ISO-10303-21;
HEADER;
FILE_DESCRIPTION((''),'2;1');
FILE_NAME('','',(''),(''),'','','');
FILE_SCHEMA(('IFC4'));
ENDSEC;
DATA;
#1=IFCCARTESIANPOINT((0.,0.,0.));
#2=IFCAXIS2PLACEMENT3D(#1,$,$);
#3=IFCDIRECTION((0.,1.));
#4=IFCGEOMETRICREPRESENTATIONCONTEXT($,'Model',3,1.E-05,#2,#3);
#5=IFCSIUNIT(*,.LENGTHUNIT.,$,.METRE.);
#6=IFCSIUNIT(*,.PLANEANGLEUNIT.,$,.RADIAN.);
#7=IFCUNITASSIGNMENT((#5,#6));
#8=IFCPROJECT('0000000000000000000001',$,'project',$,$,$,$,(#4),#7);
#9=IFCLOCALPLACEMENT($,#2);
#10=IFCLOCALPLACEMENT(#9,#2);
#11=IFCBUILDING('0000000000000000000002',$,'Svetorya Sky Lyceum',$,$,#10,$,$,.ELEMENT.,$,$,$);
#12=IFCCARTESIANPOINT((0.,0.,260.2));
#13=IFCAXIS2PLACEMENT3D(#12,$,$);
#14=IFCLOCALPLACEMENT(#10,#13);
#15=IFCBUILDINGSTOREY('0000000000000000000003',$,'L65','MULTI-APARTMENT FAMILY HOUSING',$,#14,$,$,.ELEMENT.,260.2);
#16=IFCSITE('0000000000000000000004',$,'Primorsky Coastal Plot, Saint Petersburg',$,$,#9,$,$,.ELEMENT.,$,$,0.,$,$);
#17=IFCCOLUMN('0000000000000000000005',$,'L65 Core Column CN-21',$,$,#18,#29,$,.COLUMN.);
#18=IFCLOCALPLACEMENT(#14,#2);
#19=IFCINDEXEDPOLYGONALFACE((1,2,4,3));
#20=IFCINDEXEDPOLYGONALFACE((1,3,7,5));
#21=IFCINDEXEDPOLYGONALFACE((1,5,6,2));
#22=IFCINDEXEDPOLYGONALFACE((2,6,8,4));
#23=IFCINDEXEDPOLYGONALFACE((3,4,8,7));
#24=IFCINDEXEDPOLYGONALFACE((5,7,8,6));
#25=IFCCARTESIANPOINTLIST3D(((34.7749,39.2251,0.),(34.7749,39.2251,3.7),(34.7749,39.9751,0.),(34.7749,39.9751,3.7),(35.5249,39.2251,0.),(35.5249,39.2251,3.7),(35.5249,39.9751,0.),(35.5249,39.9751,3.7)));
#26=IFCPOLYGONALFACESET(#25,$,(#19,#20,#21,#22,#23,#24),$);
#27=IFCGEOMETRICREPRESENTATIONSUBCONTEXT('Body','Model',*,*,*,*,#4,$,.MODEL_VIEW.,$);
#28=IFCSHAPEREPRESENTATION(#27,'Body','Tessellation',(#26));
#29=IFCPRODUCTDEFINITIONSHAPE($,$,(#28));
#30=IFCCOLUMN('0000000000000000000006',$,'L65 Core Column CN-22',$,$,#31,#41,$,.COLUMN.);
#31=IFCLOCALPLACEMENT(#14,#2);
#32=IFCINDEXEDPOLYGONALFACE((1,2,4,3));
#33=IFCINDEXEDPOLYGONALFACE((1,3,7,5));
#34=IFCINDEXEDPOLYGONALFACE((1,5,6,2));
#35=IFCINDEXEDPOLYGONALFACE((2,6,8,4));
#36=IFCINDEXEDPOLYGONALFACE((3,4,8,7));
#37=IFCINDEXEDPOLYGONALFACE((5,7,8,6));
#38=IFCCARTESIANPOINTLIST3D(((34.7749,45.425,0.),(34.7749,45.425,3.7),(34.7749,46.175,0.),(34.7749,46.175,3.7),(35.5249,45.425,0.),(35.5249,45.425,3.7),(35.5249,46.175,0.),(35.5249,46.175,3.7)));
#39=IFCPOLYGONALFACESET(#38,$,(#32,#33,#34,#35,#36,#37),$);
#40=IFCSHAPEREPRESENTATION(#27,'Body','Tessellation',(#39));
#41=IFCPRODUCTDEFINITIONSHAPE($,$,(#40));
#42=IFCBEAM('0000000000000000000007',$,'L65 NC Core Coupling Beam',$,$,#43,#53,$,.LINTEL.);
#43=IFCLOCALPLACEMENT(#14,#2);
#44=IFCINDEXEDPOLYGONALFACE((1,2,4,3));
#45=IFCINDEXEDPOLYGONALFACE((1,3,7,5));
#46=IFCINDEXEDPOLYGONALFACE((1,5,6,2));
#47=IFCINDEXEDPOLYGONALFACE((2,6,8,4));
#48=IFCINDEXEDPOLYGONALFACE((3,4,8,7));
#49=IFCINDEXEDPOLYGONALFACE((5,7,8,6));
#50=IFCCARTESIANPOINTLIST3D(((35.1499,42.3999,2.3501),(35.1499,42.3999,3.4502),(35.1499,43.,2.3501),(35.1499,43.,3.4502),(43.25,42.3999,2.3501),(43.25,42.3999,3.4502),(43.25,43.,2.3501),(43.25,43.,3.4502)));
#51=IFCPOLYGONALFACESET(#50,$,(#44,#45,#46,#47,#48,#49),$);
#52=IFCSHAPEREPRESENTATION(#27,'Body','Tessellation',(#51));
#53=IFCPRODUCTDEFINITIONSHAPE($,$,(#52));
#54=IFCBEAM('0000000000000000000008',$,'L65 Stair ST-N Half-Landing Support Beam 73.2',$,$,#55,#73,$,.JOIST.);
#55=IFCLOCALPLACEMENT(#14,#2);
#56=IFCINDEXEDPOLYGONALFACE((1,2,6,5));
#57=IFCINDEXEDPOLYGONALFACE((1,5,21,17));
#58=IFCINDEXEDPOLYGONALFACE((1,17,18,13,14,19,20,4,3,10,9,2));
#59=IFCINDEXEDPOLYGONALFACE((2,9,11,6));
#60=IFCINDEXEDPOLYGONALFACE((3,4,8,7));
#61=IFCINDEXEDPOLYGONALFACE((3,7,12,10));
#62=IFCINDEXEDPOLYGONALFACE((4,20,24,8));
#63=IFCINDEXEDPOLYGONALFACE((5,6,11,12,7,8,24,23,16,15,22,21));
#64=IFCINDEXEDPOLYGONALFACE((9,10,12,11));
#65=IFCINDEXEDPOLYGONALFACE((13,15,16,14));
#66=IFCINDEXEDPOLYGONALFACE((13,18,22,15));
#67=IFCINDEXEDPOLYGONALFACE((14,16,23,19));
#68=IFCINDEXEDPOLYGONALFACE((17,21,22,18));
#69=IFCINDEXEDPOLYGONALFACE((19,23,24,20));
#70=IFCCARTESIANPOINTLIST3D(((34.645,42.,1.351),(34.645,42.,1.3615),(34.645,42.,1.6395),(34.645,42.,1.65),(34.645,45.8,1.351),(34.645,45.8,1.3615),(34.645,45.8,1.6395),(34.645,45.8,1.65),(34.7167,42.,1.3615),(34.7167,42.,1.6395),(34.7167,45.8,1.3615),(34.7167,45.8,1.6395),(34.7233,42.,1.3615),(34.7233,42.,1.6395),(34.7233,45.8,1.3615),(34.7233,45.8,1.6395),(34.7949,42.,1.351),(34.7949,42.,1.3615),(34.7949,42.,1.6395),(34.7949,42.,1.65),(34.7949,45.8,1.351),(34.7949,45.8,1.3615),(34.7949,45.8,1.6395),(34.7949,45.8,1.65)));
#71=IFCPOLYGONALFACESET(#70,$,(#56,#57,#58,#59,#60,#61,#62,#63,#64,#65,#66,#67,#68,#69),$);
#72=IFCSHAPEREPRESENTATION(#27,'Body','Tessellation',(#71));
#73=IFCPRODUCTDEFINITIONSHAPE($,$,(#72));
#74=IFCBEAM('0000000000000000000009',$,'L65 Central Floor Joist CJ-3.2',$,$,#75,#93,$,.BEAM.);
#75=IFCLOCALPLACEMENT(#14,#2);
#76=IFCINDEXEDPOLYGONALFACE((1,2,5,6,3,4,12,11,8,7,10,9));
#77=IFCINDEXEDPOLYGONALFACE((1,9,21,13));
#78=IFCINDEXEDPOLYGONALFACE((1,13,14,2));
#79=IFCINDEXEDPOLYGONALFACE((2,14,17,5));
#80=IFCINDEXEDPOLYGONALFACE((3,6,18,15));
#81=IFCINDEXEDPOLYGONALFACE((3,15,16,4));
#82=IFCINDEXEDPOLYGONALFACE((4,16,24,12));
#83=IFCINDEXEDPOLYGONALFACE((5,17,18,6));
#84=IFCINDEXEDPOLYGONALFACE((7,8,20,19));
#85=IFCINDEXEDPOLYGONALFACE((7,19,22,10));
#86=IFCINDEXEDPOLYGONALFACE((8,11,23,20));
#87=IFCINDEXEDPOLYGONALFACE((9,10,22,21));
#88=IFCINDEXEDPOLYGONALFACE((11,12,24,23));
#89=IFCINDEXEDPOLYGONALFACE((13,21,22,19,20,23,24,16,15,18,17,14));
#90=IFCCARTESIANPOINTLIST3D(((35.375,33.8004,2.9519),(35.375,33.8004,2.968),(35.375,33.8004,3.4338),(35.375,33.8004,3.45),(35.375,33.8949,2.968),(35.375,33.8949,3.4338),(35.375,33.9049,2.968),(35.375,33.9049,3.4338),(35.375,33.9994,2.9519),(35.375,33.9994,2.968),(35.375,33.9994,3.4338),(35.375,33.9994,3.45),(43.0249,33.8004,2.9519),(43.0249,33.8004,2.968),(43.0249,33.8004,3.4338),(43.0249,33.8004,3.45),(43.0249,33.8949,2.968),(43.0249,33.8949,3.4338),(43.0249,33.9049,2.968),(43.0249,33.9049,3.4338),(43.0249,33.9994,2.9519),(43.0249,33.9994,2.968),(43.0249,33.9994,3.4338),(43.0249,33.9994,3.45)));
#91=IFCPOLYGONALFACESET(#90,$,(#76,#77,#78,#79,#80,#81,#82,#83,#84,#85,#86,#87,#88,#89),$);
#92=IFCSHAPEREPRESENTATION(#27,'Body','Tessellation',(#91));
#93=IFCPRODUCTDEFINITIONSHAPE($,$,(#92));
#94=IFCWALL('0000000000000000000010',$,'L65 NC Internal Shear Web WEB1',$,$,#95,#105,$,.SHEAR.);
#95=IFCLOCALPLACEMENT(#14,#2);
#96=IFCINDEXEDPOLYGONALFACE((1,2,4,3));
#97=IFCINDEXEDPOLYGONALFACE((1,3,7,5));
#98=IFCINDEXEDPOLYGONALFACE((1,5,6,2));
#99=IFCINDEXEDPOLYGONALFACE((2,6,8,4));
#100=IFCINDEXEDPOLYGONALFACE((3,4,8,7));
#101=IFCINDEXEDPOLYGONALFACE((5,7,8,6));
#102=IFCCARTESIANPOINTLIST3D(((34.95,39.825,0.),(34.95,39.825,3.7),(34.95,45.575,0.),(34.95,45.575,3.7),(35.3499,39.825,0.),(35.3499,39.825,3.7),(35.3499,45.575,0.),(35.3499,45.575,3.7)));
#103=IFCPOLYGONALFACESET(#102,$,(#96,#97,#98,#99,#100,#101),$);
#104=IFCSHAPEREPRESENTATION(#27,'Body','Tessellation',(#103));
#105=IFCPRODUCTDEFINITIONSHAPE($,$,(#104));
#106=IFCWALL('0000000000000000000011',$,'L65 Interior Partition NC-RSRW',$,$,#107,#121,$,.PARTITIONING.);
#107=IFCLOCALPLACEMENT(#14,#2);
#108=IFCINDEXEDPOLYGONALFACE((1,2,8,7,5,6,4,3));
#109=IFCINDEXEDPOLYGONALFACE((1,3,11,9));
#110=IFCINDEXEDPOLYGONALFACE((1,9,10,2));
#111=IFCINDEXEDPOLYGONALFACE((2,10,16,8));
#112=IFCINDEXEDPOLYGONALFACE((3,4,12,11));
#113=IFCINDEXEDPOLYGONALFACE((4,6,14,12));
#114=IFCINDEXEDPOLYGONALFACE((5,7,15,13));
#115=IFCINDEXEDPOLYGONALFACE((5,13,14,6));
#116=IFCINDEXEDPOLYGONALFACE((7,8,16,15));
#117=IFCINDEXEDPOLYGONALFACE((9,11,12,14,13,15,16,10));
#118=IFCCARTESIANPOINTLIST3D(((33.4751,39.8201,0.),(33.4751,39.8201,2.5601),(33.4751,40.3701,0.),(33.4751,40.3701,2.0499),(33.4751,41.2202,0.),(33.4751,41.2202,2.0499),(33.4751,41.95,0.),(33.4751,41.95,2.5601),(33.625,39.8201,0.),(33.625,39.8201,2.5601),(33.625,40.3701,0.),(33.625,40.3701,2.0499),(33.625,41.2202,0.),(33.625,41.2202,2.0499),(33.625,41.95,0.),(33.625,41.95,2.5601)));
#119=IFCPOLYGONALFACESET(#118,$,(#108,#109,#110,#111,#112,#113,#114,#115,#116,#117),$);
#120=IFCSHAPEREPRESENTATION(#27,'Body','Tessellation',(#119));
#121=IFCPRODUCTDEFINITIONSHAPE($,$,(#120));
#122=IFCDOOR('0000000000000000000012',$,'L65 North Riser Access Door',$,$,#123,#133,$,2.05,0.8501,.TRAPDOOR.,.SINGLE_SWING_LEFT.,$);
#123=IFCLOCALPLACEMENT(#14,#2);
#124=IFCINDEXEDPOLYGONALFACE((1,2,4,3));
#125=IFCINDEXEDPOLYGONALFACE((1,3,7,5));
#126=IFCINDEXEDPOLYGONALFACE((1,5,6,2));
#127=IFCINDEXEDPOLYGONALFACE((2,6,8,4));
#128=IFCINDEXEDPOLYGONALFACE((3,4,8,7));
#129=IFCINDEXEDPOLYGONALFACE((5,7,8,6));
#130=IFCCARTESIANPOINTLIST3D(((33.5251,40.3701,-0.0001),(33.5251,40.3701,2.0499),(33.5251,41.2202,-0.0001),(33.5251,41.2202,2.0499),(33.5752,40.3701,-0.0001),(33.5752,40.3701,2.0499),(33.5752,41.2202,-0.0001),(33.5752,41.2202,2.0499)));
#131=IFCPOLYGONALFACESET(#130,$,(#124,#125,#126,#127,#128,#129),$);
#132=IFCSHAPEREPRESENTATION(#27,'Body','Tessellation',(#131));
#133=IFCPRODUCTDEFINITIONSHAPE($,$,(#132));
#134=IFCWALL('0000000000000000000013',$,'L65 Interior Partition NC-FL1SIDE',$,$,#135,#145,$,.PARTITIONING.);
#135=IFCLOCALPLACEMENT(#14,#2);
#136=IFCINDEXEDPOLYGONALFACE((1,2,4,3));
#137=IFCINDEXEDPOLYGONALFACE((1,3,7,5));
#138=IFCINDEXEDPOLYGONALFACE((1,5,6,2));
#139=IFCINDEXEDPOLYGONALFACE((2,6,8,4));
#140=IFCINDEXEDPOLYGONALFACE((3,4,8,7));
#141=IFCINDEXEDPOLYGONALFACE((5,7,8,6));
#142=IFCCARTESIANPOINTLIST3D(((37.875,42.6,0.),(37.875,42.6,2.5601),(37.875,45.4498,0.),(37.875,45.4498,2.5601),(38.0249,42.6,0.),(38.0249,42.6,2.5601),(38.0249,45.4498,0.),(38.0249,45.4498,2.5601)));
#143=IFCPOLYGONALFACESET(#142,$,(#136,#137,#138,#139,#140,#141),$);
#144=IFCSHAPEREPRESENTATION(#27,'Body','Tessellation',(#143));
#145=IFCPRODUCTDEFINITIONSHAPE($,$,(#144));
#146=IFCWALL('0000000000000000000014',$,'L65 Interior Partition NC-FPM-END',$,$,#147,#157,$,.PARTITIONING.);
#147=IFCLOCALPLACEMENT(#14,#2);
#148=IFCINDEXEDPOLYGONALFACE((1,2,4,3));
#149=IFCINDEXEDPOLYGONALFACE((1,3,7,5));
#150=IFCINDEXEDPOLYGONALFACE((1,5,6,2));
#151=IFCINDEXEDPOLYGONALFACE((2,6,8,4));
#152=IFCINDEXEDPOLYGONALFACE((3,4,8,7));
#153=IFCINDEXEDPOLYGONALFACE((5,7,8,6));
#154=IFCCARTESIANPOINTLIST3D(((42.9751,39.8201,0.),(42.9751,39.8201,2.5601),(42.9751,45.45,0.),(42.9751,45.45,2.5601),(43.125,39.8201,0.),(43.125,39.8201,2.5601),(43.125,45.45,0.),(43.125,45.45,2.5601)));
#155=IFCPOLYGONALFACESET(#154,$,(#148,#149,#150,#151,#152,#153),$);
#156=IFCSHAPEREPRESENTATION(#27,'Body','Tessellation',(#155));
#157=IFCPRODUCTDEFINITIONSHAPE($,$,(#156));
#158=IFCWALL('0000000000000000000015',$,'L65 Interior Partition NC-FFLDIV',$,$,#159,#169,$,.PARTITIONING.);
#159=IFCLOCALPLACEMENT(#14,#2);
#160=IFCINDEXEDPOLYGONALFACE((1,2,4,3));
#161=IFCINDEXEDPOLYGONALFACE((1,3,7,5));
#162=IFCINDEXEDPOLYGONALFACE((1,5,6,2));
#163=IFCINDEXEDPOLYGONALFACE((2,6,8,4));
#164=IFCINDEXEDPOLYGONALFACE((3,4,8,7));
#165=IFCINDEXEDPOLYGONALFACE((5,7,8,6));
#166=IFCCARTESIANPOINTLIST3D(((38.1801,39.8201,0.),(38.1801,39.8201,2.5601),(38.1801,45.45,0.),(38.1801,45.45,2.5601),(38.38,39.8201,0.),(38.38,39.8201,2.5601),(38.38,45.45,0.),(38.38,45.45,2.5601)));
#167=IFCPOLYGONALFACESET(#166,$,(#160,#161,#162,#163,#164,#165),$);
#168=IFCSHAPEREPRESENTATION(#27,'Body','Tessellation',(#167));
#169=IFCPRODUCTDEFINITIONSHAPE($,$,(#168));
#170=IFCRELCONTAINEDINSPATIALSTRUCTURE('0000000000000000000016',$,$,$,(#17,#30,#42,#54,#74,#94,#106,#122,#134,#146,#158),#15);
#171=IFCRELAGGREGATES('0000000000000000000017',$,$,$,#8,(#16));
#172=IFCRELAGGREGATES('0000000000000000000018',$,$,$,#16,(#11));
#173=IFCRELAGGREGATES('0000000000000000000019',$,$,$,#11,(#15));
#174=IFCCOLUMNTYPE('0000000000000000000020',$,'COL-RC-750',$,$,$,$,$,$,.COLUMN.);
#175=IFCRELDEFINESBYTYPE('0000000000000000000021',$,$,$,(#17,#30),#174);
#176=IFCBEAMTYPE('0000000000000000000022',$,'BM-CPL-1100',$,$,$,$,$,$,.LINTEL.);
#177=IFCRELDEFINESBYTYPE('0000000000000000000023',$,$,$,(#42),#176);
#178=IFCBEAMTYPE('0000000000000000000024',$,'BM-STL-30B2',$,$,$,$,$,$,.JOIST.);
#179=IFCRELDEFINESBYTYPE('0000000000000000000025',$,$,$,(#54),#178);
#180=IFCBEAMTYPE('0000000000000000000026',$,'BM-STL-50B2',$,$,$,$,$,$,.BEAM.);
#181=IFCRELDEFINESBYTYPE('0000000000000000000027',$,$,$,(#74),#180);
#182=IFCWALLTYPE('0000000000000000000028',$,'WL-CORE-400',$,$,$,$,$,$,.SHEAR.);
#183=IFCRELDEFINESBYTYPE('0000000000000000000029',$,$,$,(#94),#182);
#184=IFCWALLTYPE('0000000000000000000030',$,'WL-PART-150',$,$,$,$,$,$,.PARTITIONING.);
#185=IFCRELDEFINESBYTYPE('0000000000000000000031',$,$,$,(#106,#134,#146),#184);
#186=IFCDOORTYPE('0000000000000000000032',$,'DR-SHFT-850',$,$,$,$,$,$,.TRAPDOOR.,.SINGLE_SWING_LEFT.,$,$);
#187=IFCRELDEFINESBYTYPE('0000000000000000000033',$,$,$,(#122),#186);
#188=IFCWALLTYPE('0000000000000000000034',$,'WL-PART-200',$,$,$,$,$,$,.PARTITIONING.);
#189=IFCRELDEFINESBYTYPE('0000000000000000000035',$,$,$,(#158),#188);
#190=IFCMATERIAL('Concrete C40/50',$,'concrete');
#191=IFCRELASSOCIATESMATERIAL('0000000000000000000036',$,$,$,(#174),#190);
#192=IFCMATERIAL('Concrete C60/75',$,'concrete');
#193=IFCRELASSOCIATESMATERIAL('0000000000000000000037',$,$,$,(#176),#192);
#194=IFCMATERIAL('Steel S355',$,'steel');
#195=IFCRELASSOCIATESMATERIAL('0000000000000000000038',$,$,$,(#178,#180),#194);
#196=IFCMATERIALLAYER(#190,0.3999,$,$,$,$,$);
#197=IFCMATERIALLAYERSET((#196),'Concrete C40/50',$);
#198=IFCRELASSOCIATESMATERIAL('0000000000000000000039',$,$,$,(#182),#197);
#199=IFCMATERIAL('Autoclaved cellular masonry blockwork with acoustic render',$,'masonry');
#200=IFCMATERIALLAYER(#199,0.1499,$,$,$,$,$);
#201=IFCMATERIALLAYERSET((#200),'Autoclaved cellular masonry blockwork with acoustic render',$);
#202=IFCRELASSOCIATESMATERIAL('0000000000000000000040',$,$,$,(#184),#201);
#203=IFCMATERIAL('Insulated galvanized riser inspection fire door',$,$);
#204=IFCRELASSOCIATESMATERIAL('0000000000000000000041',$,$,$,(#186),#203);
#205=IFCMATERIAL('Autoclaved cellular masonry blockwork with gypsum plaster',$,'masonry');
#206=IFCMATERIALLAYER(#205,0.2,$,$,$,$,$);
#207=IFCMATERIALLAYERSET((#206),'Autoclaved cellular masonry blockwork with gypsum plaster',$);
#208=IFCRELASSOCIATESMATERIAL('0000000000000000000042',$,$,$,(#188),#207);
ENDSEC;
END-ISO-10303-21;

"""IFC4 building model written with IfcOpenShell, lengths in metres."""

from ifc_helpers import new_model, si_unit, direction, frame, frame_2d, origin, origin_2d, place, context, subcontext, project, spatial, rectangle, i_section, extrude, material, layer, layer_set, material_profile, profile_set, type_object, element, fill, save


model = new_model("IFC4")

# Units and contexts
model_context = context("Model", 3, precision=1e-05, world=origin(), true_north=direction((0.0, 1.0)))
body_context = subcontext(model_context, "Body", "Model", "MODEL_VIEW")
ifc_project = project(units=[si_unit("LENGTHUNIT", "METRE"), si_unit("PLANEANGLEUNIT", "RADIAN")], contexts=[model_context])

# Site, building, storey
site_placement = place(None, origin())
site = spatial("IfcSite", under=ifc_project, at=site_placement, Name="Primorsky Coastal Plot, Saint Petersburg", CompositionType="ELEMENT", RefElevation=0.0)
building_placement = place(site_placement, origin())
building = spatial("IfcBuilding", under=site, at=building_placement, Name="Svetorya Sky Lyceum", CompositionType="ELEMENT")
storey_placement = place(building_placement, frame((0.0, 0.0, 260.2)))
storey = spatial("IfcBuildingStorey", under=building, at=storey_placement, Name="L65", Description="MULTI-APARTMENT FAMILY HOUSING", CompositionType="ELEMENT", Elevation=260.2)

# Columns
ifc_material_1 = material(Name="Concrete C40/50", Category="concrete")
ifc_material_profile_1 = material_profile(ifc_material_1, rectangle(XDim=0.75, YDim=0.75, at=origin_2d()), Name="RC COL 750x750")
ifc_profile_set_1 = profile_set([ifc_material_profile_1], Name="Concrete C40/50")
column_type = type_object("IfcColumnType", Name="COL-RC-750", PredefinedType="COLUMN", material=ifc_profile_set_1)
for number, where, z_axis, x_axis, name in (
    (1, (35.1499, 39.6001, 0.0), (0.0, 0.0, 1.0), (1.0, 0.0, 0.0), "L65 Core Column CN-21"),
    (2, (35.1499, 45.8, 0.0), (0.0, 0.0, 1.0), (1.0, 0.0, 0.0), "L65 Core Column CN-22"),
):
    element("IfcColumn", number, at=place(storey_placement, frame(where, z_axis=z_axis, x_axis=x_axis)), inside=storey, type_object=column_type, Name=name, PredefinedType="COLUMN", context=body_context, shape_type="SweptSolid", body=[
        extrude(rectangle(XDim=0.75, YDim=0.75, at=origin_2d()), origin(), (0.0, 0.0, 1.0), 3.7),
    ])

# Beams
ifc_material_2 = material(Name="Concrete C60/75", Category="concrete")
ifc_material_profile_2 = material_profile(ifc_material_2, rectangle(XDim=0.6001, YDim=1.1001, at=origin_2d()), Name="RC COUPLING 600x1100")
ifc_profile_set_2 = profile_set([ifc_material_profile_2], Name="Concrete C60/75")
beam_type_1 = type_object("IfcBeamType", Name="BM-CPL-1100", PredefinedType="LINTEL", material=ifc_profile_set_2)
beam_1_placement = place(storey_placement, frame((35.1499, 42.7, 2.9001), z_axis=(1.0, 0.0, 0.0), x_axis=(0.0, 1.0, 0.0)))
element("IfcBeam", 3, at=beam_1_placement, inside=storey, type_object=beam_type_1, Name="L65 NC Core Coupling Beam", PredefinedType="LINTEL", context=body_context, shape_type="SweptSolid", body=[
    extrude(rectangle(XDim=0.6001, YDim=1.1001, at=origin_2d()), origin(), (0.0, 0.0, 1.0), 8.1001),
])
ifc_material_3 = material(Name="Steel S355", Category="steel")
ifc_material_profile_3 = material_profile(ifc_material_3, i_section(OverallWidth=0.1499, OverallDepth=0.2991, WebThickness=0.0066, FlangeThickness=0.0105, at=origin_2d()), Name="GOST 30B2")
ifc_profile_set_3 = profile_set([ifc_material_profile_3], Name="Steel S355")
beam_type_2 = type_object("IfcBeamType", Name="BM-STL-30B2", PredefinedType="JOIST", material=ifc_profile_set_3)
beam_2_placement = place(storey_placement, frame((34.72, 42.0, 1.5005), z_axis=(0.0, 1.0, 0.0), x_axis=(-1.0, 0.0, 0.0)))
element("IfcBeam", 4, at=beam_2_placement, inside=storey, type_object=beam_type_2, Name="L65 Stair ST-N Half-Landing Support Beam 73.2", PredefinedType="JOIST", context=body_context, shape_type="SweptSolid", body=[
    extrude(i_section(OverallWidth=0.1499, OverallDepth=0.2991, WebThickness=0.0066, FlangeThickness=0.0105, at=origin_2d()), origin(), (0.0, 0.0, 1.0), 3.8),
])
ifc_material_profile_4 = material_profile(ifc_material_3, i_section(OverallWidth=0.199, OverallDepth=0.498, WebThickness=0.01, FlangeThickness=0.0161, at=origin_2d()), Name="GOST 50B2")
ifc_profile_set_4 = profile_set([ifc_material_profile_4], Name="Steel S355")
beam_type_3 = type_object("IfcBeamType", Name="BM-STL-50B2", PredefinedType="BEAM", material=ifc_profile_set_4)
beam_3_placement = place(storey_placement, frame((35.375, 33.8999, 3.2009), z_axis=(1.0, 0.0, 0.0), x_axis=(0.0, 1.0, 0.0)))
element("IfcBeam", 5, at=beam_3_placement, inside=storey, type_object=beam_type_3, Name="L65 Central Floor Joist CJ-3.2", PredefinedType="BEAM", context=body_context, shape_type="SweptSolid", body=[
    extrude(i_section(OverallWidth=0.199, OverallDepth=0.498, WebThickness=0.01, FlangeThickness=0.0161, at=origin_2d()), origin(), (0.0, 0.0, 1.0), 7.6499),
])

# Wall
ifc_layer_1 = layer(ifc_material_1, 0.3999)
ifc_layer_set_1 = layer_set([ifc_layer_1], Name="Concrete C40/50")
wall_type_1 = type_object("IfcWallType", Name="WL-CORE-400", PredefinedType="SHEAR", material=ifc_layer_set_1)
wall_1_placement = place(storey_placement, frame((35.1499, 39.825, 0.0), z_axis=(0.0, 0.0, 1.0), x_axis=(0.0, 1.0, 0.0)))
element("IfcWall", 6, at=wall_1_placement, inside=storey, type_object=wall_type_1, Name="L65 NC Internal Shear Web WEB1", PredefinedType="SHEAR", context=body_context, shape_type="SweptSolid", body=[
    extrude(rectangle(XDim=5.75, YDim=0.3999, at=frame_2d((2.875, 0.0))), origin(), (0.0, 0.0, 1.0), 3.7),
])

# Wall, opening, door
ifc_material_4 = material(Name="Autoclaved cellular masonry blockwork with acoustic render", Category="masonry")
ifc_layer_2 = layer(ifc_material_4, 0.1499)
ifc_layer_set_2 = layer_set([ifc_layer_2], Name="Autoclaved cellular masonry blockwork with acoustic render")
wall_type_2 = type_object("IfcWallType", Name="WL-PART-150", PredefinedType="PARTITIONING", material=ifc_layer_set_2)
wall_2_placement = place(storey_placement, frame((33.55, 39.8201, 0.0), z_axis=(0.0, 0.0, 1.0), x_axis=(0.0, 1.0, 0.0)))
wall_2 = element("IfcWall", 7, at=wall_2_placement, inside=storey, type_object=wall_type_2, Name="L65 Interior Partition NC-RSRW", PredefinedType="PARTITIONING", context=body_context, shape_type="SweptSolid", body=[
    extrude(rectangle(XDim=2.1299, YDim=0.1499, at=frame_2d((1.0649, 0.0))), origin(), (0.0, 0.0, 1.0), 2.5601),
])
opening_1_placement = place(wall_2_placement, frame((0.55, 0.0, 0.0)))
opening_1 = element("IfcOpeningElement", 8, at=opening_1_placement, cuts=wall_2, PredefinedType="OPENING", context=body_context, shape_type="SweptSolid", body=[
    extrude(rectangle(XDim=0.8501, YDim=2.05, at=frame_2d((0.425, 1.0249))), frame((0.0, 0.085, 0.0), z_axis=(0.0, -1.0, 0.0), x_axis=(1.0, 0.0, 0.0)), (0.0, 0.0, 1.0), 0.1699),
])
ifc_material_5 = material(Name="Insulated galvanized riser inspection fire door")
door_type_1 = type_object("IfcDoorType", Name="DR-SHFT-850", OperationType="SINGLE_SWING_LEFT", PredefinedType="TRAPDOOR", material=ifc_material_5)
door_1_placement = place(opening_1_placement, origin())
door_1 = element("IfcDoor", 9, at=door_1_placement, inside=storey, type_object=door_type_1, Name="L65 North Riser Access Door", OperationType="SINGLE_SWING_LEFT", OverallHeight=2.05, OverallWidth=0.8501, PredefinedType="TRAPDOOR", context=body_context, shape_type="SweptSolid", body=[
    extrude(rectangle(XDim=0.8501, YDim=2.05, at=frame_2d((0.425, 1.0249))), frame((0.0, 0.0249, 0.0), z_axis=(0.0, -1.0, 0.0), x_axis=(1.0, 0.0, 0.0)), (0.0, 0.0, 1.0), 0.05),
])
fill(opening_1, door_1)

# Walls
wall_3_placement = place(storey_placement, frame((37.95, 42.6001, 0.0), z_axis=(0.0, 0.0, 1.0), x_axis=(0.0, 1.0, 0.0)))
element("IfcWall", 10, at=wall_3_placement, inside=storey, type_object=wall_type_2, Name="L65 Interior Partition NC-FL1SIDE", PredefinedType="PARTITIONING", context=body_context, shape_type="SweptSolid", body=[
    extrude(rectangle(XDim=2.8499, YDim=0.1499, at=frame_2d((1.4248, 0.0))), origin(), (0.0, 0.0, 1.0), 2.5601),
])
wall_4_placement = place(storey_placement, frame((43.05, 39.8201, 0.0), z_axis=(0.0, 0.0, 1.0), x_axis=(0.0, 1.0, 0.0)))
element("IfcWall", 11, at=wall_4_placement, inside=storey, type_object=wall_type_2, Name="L65 Interior Partition NC-FPM-END", PredefinedType="PARTITIONING", context=body_context, shape_type="SweptSolid", body=[
    extrude(rectangle(XDim=5.6299, YDim=0.1499, at=frame_2d((2.8149, 0.0))), origin(), (0.0, 0.0, 1.0), 2.5601),
])

# Shared definitions
ifc_material_6 = material(Name="Autoclaved cellular masonry blockwork with gypsum plaster", Category="masonry")
ifc_layer_3 = layer(ifc_material_6, 0.2)
ifc_layer_set_3 = layer_set([ifc_layer_3], Name="Autoclaved cellular masonry blockwork with gypsum plaster")
wall_type_3 = type_object("IfcWallType", Name="WL-PART-200", PredefinedType="PARTITIONING", material=ifc_layer_set_3)

# Wall
wall_5_placement = place(storey_placement, frame((38.28, 39.8201, 0.0), z_axis=(0.0, 0.0, 1.0), x_axis=(0.0, 1.0, 0.0)))
element("IfcWall", 12, at=wall_5_placement, inside=storey, type_object=wall_type_3, Name="L65 Interior Partition NC-FFLDIV", PredefinedType="PARTITIONING", context=body_context, shape_type="SweptSolid", body=[
    extrude(rectangle(XDim=5.6299, YDim=0.2, at=frame_2d((2.8149, 0.0))), origin(), (0.0, 0.0, 1.0), 2.5601),
])

save(model, "model.ifc")
